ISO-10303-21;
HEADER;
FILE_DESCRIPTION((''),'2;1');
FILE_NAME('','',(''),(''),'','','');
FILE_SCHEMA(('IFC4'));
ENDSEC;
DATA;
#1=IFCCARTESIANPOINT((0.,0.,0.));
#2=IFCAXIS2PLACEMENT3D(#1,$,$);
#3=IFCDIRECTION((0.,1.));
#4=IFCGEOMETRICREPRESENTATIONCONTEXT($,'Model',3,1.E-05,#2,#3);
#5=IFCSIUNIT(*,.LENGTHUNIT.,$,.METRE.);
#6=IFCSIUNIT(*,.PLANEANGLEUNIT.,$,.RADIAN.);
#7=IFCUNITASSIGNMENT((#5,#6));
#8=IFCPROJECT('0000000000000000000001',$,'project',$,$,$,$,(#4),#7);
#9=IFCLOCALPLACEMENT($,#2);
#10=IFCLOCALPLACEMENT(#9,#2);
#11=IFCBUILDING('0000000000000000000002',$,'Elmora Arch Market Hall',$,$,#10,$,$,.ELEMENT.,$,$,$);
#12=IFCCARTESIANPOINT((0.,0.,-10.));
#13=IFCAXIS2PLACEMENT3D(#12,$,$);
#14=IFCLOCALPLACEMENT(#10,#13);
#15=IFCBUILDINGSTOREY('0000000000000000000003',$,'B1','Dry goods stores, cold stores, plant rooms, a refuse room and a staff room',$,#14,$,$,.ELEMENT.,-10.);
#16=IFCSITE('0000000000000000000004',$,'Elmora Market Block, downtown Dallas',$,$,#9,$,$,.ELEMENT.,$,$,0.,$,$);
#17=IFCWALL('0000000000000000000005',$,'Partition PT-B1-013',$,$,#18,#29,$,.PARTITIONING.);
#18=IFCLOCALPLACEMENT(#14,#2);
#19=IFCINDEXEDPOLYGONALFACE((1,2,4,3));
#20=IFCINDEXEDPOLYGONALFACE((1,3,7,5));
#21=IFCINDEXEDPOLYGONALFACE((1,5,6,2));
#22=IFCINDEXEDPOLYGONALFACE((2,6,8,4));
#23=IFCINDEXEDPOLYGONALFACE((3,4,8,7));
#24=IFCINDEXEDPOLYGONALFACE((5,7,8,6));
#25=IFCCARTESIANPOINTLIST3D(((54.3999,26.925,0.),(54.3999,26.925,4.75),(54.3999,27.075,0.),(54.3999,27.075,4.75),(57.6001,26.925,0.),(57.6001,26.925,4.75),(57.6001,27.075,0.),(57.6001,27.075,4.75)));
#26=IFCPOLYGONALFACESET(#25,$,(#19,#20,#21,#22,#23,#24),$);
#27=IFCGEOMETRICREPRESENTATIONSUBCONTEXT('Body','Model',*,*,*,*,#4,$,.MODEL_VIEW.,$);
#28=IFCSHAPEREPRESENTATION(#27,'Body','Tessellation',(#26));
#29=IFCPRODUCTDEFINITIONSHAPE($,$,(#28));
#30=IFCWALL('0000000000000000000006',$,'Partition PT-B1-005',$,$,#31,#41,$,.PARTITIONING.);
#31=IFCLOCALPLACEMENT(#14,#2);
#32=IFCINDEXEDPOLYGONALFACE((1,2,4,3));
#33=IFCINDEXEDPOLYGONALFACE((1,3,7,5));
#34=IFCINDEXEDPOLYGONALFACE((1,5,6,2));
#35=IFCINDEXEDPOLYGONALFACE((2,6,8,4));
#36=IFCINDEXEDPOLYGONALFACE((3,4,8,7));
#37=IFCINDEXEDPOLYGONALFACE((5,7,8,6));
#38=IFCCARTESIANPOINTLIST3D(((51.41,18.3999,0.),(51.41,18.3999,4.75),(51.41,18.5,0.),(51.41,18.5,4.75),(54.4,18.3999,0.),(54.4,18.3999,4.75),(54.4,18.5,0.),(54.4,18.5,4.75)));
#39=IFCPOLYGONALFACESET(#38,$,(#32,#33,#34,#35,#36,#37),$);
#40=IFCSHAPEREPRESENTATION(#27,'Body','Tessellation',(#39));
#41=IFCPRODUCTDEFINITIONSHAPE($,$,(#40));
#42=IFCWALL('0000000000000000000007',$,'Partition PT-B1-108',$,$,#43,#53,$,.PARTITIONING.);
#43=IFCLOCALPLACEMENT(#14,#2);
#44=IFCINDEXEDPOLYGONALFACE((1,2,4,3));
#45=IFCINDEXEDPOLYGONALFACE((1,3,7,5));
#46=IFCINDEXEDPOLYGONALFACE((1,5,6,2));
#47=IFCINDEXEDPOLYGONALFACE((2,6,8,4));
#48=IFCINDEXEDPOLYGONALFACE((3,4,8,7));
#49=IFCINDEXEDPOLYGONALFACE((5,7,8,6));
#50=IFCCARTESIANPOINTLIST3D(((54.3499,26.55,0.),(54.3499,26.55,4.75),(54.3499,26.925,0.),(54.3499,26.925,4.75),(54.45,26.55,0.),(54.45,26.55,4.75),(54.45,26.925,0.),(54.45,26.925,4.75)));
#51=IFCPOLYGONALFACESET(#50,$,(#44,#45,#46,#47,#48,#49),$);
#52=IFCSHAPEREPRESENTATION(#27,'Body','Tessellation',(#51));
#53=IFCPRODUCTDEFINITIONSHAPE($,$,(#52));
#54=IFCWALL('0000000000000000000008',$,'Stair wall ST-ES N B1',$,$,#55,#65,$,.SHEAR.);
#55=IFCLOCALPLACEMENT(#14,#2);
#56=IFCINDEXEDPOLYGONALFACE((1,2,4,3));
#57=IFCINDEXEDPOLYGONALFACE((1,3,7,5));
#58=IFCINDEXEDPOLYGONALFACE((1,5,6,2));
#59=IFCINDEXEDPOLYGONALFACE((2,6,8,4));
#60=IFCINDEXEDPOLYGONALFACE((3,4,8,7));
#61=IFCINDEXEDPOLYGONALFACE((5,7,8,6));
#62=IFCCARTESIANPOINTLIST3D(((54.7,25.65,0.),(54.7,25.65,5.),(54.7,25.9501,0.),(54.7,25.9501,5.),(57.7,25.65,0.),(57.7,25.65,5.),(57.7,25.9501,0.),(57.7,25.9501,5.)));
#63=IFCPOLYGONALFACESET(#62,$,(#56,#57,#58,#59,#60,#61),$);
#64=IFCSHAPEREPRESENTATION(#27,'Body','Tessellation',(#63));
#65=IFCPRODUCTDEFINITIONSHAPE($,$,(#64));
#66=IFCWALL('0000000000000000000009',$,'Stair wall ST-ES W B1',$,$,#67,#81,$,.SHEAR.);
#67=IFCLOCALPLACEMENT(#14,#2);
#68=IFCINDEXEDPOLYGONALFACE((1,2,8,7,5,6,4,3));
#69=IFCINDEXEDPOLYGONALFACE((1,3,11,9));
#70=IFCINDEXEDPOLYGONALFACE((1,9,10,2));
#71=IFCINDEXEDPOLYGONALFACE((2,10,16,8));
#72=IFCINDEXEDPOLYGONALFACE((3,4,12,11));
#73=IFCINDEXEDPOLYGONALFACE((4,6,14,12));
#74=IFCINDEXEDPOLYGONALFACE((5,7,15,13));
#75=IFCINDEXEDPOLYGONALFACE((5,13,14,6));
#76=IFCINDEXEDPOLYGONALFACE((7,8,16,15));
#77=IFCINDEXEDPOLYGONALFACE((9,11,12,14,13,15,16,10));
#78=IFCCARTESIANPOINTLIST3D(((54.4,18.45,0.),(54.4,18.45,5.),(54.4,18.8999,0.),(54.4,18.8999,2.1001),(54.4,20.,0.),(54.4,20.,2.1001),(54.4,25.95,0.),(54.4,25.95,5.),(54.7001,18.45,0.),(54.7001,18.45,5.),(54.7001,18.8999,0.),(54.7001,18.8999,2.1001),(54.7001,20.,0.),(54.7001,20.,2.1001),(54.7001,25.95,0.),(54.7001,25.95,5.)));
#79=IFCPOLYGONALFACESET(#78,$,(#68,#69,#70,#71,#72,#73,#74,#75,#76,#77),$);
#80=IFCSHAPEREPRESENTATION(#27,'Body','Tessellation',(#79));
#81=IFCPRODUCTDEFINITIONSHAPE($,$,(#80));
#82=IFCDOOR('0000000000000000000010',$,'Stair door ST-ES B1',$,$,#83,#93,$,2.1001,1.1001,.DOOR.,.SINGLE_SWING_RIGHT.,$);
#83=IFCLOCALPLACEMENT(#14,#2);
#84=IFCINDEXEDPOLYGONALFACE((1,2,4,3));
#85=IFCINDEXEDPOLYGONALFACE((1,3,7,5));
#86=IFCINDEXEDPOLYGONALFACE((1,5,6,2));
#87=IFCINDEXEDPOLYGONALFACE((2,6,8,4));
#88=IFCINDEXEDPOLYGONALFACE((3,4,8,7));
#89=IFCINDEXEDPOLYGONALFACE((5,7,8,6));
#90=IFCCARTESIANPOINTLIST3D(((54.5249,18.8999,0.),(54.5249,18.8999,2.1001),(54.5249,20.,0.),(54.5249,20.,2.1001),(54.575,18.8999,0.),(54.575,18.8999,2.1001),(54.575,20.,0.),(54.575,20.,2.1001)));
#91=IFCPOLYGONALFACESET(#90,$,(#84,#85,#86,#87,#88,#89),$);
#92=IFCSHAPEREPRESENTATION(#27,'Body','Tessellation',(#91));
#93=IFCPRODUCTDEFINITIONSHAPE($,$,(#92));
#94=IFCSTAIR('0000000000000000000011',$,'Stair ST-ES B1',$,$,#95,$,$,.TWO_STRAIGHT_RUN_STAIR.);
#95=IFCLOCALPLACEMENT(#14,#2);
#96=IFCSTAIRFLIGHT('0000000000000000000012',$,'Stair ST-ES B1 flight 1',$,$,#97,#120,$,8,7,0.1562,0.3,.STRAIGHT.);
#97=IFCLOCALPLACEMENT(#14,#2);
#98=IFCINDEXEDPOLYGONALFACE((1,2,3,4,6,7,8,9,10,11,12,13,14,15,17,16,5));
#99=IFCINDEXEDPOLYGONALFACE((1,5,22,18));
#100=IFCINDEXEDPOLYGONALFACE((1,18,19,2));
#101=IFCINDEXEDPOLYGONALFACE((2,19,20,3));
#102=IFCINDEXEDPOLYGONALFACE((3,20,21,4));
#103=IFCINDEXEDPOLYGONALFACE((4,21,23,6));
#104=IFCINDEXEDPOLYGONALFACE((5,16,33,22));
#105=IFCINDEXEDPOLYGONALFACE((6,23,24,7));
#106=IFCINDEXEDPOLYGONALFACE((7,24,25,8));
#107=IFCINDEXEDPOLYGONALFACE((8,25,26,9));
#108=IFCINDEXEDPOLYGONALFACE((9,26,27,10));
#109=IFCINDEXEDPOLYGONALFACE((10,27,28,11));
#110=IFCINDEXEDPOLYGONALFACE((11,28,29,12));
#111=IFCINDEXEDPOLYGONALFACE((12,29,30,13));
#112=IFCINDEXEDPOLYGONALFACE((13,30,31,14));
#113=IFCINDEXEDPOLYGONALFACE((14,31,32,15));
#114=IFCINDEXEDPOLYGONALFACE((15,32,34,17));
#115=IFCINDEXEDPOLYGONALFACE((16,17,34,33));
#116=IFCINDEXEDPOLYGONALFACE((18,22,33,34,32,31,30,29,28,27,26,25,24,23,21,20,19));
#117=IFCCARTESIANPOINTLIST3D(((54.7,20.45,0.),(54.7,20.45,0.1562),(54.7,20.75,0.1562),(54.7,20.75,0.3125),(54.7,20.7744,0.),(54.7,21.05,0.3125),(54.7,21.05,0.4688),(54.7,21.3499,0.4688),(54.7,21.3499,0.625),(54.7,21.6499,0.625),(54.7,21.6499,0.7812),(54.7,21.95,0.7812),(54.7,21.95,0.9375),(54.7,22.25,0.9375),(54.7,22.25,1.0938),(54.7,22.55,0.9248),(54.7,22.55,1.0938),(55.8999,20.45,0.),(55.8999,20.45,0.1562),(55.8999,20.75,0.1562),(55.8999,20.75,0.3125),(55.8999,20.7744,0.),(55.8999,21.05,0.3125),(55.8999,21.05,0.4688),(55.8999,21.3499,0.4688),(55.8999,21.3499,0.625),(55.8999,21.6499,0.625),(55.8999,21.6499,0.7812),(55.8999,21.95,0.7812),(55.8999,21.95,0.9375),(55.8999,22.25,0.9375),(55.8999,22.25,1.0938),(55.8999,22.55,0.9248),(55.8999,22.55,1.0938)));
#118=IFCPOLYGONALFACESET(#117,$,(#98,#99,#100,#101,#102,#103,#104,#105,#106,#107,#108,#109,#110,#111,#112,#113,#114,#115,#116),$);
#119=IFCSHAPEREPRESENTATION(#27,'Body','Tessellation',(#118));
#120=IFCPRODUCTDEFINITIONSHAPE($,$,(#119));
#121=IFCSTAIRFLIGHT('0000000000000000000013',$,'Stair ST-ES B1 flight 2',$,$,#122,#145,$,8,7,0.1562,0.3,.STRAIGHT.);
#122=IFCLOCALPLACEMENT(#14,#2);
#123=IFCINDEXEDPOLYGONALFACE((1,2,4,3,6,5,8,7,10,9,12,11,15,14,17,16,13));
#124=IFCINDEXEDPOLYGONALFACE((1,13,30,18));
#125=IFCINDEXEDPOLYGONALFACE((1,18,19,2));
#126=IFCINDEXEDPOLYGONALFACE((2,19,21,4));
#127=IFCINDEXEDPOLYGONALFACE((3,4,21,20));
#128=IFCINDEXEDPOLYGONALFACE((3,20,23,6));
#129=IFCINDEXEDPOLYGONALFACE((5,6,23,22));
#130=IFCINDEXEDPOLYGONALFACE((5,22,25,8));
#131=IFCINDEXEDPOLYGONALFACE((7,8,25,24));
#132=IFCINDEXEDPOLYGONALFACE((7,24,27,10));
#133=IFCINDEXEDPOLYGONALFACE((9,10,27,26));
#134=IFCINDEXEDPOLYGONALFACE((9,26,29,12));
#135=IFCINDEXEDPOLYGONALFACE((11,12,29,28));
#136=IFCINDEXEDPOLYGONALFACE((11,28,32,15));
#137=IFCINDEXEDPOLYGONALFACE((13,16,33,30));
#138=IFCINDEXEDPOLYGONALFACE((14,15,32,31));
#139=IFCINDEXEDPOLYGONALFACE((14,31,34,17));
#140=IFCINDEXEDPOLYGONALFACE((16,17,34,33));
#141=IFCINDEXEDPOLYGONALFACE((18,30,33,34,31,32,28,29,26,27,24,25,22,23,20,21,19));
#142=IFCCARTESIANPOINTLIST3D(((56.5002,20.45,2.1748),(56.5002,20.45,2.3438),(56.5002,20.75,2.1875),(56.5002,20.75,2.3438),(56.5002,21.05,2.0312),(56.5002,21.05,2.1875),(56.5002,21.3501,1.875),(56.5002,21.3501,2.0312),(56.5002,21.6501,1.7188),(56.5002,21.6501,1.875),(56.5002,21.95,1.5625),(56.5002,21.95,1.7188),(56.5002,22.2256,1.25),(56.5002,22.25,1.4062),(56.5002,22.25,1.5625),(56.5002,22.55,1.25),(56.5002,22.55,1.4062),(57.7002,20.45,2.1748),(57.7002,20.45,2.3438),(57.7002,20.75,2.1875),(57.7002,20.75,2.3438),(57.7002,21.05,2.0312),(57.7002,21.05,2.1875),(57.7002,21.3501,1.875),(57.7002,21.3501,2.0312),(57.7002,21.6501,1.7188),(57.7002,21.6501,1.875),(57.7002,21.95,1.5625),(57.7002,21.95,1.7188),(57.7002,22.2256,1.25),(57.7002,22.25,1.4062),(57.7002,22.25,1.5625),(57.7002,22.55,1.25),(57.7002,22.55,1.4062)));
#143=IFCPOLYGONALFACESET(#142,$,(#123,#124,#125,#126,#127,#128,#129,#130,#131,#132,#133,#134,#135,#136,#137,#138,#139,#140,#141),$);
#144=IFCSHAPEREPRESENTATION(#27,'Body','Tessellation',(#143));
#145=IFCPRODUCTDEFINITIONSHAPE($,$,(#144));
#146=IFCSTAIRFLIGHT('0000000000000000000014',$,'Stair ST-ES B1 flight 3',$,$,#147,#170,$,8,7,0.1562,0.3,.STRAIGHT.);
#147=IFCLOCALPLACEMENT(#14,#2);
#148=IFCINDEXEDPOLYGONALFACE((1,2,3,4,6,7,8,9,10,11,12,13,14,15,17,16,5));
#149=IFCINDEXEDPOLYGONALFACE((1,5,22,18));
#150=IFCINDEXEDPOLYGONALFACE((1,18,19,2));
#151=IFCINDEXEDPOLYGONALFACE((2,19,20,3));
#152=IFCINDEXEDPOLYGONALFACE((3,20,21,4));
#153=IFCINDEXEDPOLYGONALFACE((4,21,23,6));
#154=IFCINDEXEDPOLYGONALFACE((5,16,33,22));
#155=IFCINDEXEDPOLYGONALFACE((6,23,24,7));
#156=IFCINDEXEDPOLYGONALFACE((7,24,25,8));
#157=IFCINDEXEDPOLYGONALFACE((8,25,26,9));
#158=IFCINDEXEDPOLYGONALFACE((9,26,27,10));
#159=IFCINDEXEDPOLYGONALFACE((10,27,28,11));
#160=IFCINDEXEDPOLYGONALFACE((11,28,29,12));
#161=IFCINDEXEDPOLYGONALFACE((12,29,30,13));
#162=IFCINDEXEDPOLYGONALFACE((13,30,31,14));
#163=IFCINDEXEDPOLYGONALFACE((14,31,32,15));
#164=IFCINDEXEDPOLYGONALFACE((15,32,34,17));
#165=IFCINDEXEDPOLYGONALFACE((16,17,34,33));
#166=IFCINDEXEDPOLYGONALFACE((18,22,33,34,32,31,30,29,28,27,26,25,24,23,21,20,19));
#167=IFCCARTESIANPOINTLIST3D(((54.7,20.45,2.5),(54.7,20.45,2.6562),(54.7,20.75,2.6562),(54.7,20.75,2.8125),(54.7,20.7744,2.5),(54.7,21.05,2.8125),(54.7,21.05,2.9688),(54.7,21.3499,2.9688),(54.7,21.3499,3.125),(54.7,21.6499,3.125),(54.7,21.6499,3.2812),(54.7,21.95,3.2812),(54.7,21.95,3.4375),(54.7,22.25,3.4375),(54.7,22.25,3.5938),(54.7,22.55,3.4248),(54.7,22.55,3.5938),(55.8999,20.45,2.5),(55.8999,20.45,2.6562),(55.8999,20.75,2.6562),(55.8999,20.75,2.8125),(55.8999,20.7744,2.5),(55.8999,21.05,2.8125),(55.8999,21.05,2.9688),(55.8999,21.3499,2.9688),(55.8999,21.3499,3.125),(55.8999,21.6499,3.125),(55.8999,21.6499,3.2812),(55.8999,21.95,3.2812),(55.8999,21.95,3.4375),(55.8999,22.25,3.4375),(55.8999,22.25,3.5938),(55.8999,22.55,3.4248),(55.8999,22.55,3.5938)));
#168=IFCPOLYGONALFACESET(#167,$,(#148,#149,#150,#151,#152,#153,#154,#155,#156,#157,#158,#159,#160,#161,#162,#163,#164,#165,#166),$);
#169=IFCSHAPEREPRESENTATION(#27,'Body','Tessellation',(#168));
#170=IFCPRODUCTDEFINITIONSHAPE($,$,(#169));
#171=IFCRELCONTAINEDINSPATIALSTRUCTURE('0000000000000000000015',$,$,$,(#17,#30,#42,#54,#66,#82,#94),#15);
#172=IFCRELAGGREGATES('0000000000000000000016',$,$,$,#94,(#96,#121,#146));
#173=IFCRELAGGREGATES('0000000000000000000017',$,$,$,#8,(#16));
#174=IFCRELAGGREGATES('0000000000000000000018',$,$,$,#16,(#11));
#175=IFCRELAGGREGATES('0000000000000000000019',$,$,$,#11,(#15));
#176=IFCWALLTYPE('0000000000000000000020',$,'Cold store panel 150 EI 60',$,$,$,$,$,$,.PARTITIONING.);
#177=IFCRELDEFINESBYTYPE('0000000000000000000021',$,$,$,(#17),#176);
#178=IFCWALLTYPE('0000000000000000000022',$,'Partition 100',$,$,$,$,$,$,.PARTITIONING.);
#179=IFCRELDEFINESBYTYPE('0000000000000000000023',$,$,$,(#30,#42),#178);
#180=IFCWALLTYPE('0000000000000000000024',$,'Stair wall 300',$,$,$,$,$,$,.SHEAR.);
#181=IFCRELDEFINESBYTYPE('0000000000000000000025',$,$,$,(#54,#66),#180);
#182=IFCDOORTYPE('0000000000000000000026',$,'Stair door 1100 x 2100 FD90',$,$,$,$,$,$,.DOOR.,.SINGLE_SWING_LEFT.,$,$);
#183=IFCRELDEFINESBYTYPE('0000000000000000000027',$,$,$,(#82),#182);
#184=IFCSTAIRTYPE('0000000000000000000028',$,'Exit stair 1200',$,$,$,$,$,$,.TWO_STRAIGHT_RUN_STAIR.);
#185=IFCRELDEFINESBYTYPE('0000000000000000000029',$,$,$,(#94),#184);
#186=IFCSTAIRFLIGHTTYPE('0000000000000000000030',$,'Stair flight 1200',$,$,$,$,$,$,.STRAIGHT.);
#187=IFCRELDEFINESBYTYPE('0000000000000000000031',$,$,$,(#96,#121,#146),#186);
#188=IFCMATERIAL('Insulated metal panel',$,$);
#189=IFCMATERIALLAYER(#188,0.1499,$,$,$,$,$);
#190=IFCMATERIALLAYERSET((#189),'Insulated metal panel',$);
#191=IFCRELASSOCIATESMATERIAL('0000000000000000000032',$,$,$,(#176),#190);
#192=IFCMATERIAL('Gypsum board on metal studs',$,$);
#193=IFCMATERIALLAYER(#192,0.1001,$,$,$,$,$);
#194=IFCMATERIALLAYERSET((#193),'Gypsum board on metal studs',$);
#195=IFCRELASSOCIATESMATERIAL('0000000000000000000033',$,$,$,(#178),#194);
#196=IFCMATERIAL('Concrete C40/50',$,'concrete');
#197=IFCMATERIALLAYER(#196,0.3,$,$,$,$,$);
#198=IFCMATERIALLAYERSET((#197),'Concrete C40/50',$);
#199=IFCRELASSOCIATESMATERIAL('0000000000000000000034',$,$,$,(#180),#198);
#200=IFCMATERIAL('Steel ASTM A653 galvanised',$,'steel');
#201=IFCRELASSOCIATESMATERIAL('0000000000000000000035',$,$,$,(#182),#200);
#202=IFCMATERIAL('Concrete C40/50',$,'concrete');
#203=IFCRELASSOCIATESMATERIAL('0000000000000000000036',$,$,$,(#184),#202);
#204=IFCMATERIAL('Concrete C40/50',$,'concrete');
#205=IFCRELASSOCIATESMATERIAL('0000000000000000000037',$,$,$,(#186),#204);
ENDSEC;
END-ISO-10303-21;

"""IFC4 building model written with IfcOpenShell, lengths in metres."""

from ifc_helpers import new_model, si_unit, direction, frame, frame_2d, origin, place, context, subcontext, project, spatial, polyline, rectangle, outline, extrude, material, layer, layer_set, type_object, element, fill, aggregate, save


model = new_model("IFC4")

# Units and contexts
model_context = context("Model", 3, precision=1e-05, world=origin(), true_north=direction((0.0, 1.0)))
body_context = subcontext(model_context, "Body", "Model", "MODEL_VIEW")
ifc_project = project(units=[si_unit("LENGTHUNIT", "METRE"), si_unit("PLANEANGLEUNIT", "RADIAN")], contexts=[model_context])

# Site, building, storey
site_placement = place(None, origin())
site = spatial("IfcSite", under=ifc_project, at=site_placement, Name="Elmora Market Block, downtown Dallas", CompositionType="ELEMENT", RefElevation=0.0)
building_placement = place(site_placement, origin())
building = spatial("IfcBuilding", under=site, at=building_placement, Name="Elmora Arch Market Hall", CompositionType="ELEMENT")
storey_placement = place(building_placement, frame((0.0, 0.0, -10.0)))
storey = spatial("IfcBuildingStorey", under=building, at=storey_placement, Name="B1", Description="Dry goods stores, cold stores, plant rooms, a refuse room and a staff room", CompositionType="ELEMENT", Elevation=-10.0)

# Walls
ifc_material_1 = material(Name="Insulated metal panel")
ifc_layer_1 = layer(ifc_material_1, 0.1499)
ifc_layer_set_1 = layer_set([ifc_layer_1], Name="Insulated metal panel")
wall_type_1 = type_object("IfcWallType", Name="Cold store panel 150 EI 60", PredefinedType="PARTITIONING", material=ifc_layer_set_1)
wall_1_placement = place(storey_placement, frame((54.3999, 27.0, 0.0), z_axis=(0.0, 0.0, 1.0), x_axis=(1.0, 0.0, 0.0)))
element("IfcWall", 1, at=wall_1_placement, inside=storey, type_object=wall_type_1, Name="Partition PT-B1-013", PredefinedType="PARTITIONING", context=body_context, shape_type="SweptSolid", body=[
    extrude(rectangle(XDim=3.2002, YDim=0.1499, at=frame_2d((1.6001, 0.0))), origin(), (0.0, 0.0, 1.0), 4.75),
])
ifc_material_2 = material(Name="Gypsum board on metal studs")
ifc_layer_2 = layer(ifc_material_2, 0.1001)
ifc_layer_set_2 = layer_set([ifc_layer_2], Name="Gypsum board on metal studs")
wall_type_2 = type_object("IfcWallType", Name="Partition 100", PredefinedType="PARTITIONING", material=ifc_layer_set_2)
wall_2_placement = place(storey_placement, frame((51.4099, 18.45, 0.0), z_axis=(0.0, 0.0, 1.0), x_axis=(1.0, 0.0, 0.0)))
element("IfcWall", 2, at=wall_2_placement, inside=storey, type_object=wall_type_2, Name="Partition PT-B1-005", PredefinedType="PARTITIONING", context=body_context, shape_type="SweptSolid", body=[
    extrude(rectangle(XDim=2.99, YDim=0.1001, at=frame_2d((1.4951, 0.0))), origin(), (0.0, 0.0, 1.0), 4.75),
])
wall_3_placement = place(storey_placement, frame((54.3999, 26.55, 0.0), z_axis=(0.0, 0.0, 1.0), x_axis=(0.0, 1.0, 0.0)))
element("IfcWall", 3, at=wall_3_placement, inside=storey, type_object=wall_type_2, Name="Partition PT-B1-108", PredefinedType="PARTITIONING", context=body_context, shape_type="SweptSolid", body=[
    extrude(rectangle(XDim=0.375, YDim=0.1001, at=frame_2d((0.1875, 0.0))), origin(), (0.0, 0.0, 1.0), 4.75),
])
ifc_material_3 = material(Name="Concrete C40/50", Category="concrete")
ifc_layer_3 = layer(ifc_material_3, 0.3)
ifc_layer_set_3 = layer_set([ifc_layer_3], Name="Concrete C40/50")
wall_type_3 = type_object("IfcWallType", Name="Stair wall 300", PredefinedType="SHEAR", material=ifc_layer_set_3)
wall_4_placement = place(storey_placement, frame((54.7, 25.8, 0.0), z_axis=(0.0, 0.0, 1.0), x_axis=(1.0, 0.0, 0.0)))
element("IfcWall", 4, at=wall_4_placement, inside=storey, type_object=wall_type_3, Name="Stair wall ST-ES N B1", PredefinedType="SHEAR", context=body_context, shape_type="SweptSolid", body=[
    extrude(rectangle(XDim=3.0, YDim=0.3, at=frame_2d((1.5, 0.0))), origin(), (0.0, 0.0, 1.0), 5.0),
])

# Wall, opening, door
wall_5_placement = place(storey_placement, frame((54.55, 18.45, 0.0), z_axis=(0.0, 0.0, 1.0), x_axis=(0.0, 1.0, 0.0)))
wall_5 = element("IfcWall", 5, at=wall_5_placement, inside=storey, type_object=wall_type_3, Name="Stair wall ST-ES W B1", PredefinedType="SHEAR", context=body_context, shape_type="SweptSolid", body=[
    extrude(rectangle(XDim=7.5, YDim=0.3, at=frame_2d((3.75, 0.0))), origin(), (0.0, 0.0, 1.0), 5.0),
])
opening_placement = place(wall_5_placement, frame((0.45, 0.0, 0.0)))
opening = element("IfcOpeningElement", 6, at=opening_placement, cuts=wall_5, PredefinedType="OPENING", context=body_context, shape_type="SweptSolid", body=[
    extrude(rectangle(XDim=1.1001, YDim=2.1001, at=frame_2d((0.55, 1.05))), frame((0.0, 0.1599, 0.0), z_axis=(0.0, -1.0, 0.0), x_axis=(1.0, 0.0, 0.0)), (0.0, 0.0, 1.0), 0.3201),
])
ifc_material_4 = material(Name="Steel ASTM A653 galvanised", Category="steel")
door_type = type_object("IfcDoorType", Name="Stair door 1100 x 2100 FD90", OperationType="SINGLE_SWING_LEFT", PredefinedType="DOOR", material=ifc_material_4)
door_placement = place(opening_placement, frame((1.1001, 0.0, 0.0), z_axis=(0.0, 0.0, 1.0), x_axis=(-1.0, 0.0, 0.0)))
door = element("IfcDoor", 7, at=door_placement, inside=storey, type_object=door_type, Name="Stair door ST-ES B1", OperationType="SINGLE_SWING_RIGHT", OverallHeight=2.1001, OverallWidth=1.1001, PredefinedType="DOOR", context=body_context, shape_type="SweptSolid", body=[
    extrude(rectangle(XDim=1.1001, YDim=2.1001, at=frame_2d((0.55, 1.05))), frame((0.0, 0.0249, 0.0), z_axis=(0.0, -1.0, 0.0), x_axis=(1.0, 0.0, 0.0)), (0.0, 0.0, 1.0), 0.05),
])
fill(opening, door)

# Stair, stair flights
ifc_material_5 = material(Name="Concrete C40/50", Category="concrete")
stair_type = type_object("IfcStairType", Name="Exit stair 1200", PredefinedType="TWO_STRAIGHT_RUN_STAIR", material=ifc_material_5)
stair_placement = place(storey_placement, origin())
stair = element("IfcStair", 8, at=stair_placement, inside=storey, type_object=stair_type, Name="Stair ST-ES B1", PredefinedType="TWO_STRAIGHT_RUN_STAIR")
ifc_material_6 = material(Name="Concrete C40/50", Category="concrete")
stair_flight_type = type_object("IfcStairFlightType", Name="Stair flight 1200", PredefinedType="STRAIGHT", material=ifc_material_6)
stair_flight_1_placement = place(storey_placement, frame((55.3, 20.45, 0.0), z_axis=(0.0, 0.0, 1.0), x_axis=(0.0, 1.0, 0.0)))
stair_flight_1 = element("IfcStairFlight", 9, at=stair_flight_1_placement, type_object=stair_flight_type, Name="Stair ST-ES B1 flight 1", NumberOfRisers=8, NumberOfTreads=7, PredefinedType="STRAIGHT", RiserHeight=0.1562, TreadLength=0.3, context=body_context, shape_type="SweptSolid", body=[
    extrude(outline(polyline([(0.0, 0.0), (0.0, 0.1562), (0.3, 0.1562), (0.3, 0.3125), (0.6001, 0.3125), (0.6001, 0.4688), (0.8999, 0.4688), (0.8999, 0.625), (1.2, 0.625), (1.2, 0.7812), (1.5, 0.7812), (1.5, 0.9375), (1.8, 0.9375), (1.8, 1.0938), (2.1001, 1.0938), (2.1001, 1.25), (2.1001, 0.9248), (0.3245, 0.0), (0.0, 0.0)])), frame((0.0, 0.6001, 0.0), z_axis=(0.0, -1.0, 0.0), x_axis=(1.0, 0.0, 0.0)), (0.0, 0.0, 1.0), 1.2),
])
stair_flight_2_placement = place(storey_placement, frame((57.1001, 22.55, 1.25), z_axis=(0.0, 0.0, 1.0), x_axis=(0.0, -1.0, 0.0)))
stair_flight_2 = element("IfcStairFlight", 10, at=stair_flight_2_placement, type_object=stair_flight_type, Name="Stair ST-ES B1 flight 2", NumberOfRisers=8, NumberOfTreads=7, PredefinedType="STRAIGHT", RiserHeight=0.1562, TreadLength=0.3, context=body_context, shape_type="SweptSolid", body=[
    extrude(outline(polyline([(0.0, 0.0), (0.0, 0.1562), (0.3, 0.1562), (0.3, 0.3125), (0.6001, 0.3125), (0.6001, 0.4688), (0.8999, 0.4688), (0.8999, 0.625), (1.2, 0.625), (1.2, 0.7812), (1.5, 0.7812), (1.5, 0.9375), (1.8, 0.9375), (1.8, 1.0938), (2.1001, 1.0938), (2.1001, 1.25), (2.1001, 0.9248), (0.3245, 0.0), (0.0, 0.0)])), frame((0.0, 0.6001, 0.0), z_axis=(0.0, -1.0, 0.0), x_axis=(1.0, 0.0, 0.0)), (0.0, 0.0, 1.0), 1.2),
])
stair_flight_3_placement = place(storey_placement, frame((55.3, 20.45, 2.5), z_axis=(0.0, 0.0, 1.0), x_axis=(0.0, 1.0, 0.0)))
stair_flight_3 = element("IfcStairFlight", 11, at=stair_flight_3_placement, type_object=stair_flight_type, Name="Stair ST-ES B1 flight 3", NumberOfRisers=8, NumberOfTreads=7, PredefinedType="STRAIGHT", RiserHeight=0.1562, TreadLength=0.3, context=body_context, shape_type="SweptSolid", body=[
    extrude(outline(polyline([(0.0, 0.0), (0.0, 0.1562), (0.3, 0.1562), (0.3, 0.3125), (0.6001, 0.3125), (0.6001, 0.4688), (0.8999, 0.4688), (0.8999, 0.625), (1.2, 0.625), (1.2, 0.7812), (1.5, 0.7812), (1.5, 0.9375), (1.8, 0.9375), (1.8, 1.0938), (2.1001, 1.0938), (2.1001, 1.25), (2.1001, 0.9248), (0.3245, 0.0), (0.0, 0.0)])), frame((0.0, 0.6001, 0.0), z_axis=(0.0, -1.0, 0.0), x_axis=(1.0, 0.0, 0.0)), (0.0, 0.0, 1.0), 1.2),
])
aggregate(stair, [stair_flight_1, stair_flight_2, stair_flight_3])

save(model, "model.ifc")
